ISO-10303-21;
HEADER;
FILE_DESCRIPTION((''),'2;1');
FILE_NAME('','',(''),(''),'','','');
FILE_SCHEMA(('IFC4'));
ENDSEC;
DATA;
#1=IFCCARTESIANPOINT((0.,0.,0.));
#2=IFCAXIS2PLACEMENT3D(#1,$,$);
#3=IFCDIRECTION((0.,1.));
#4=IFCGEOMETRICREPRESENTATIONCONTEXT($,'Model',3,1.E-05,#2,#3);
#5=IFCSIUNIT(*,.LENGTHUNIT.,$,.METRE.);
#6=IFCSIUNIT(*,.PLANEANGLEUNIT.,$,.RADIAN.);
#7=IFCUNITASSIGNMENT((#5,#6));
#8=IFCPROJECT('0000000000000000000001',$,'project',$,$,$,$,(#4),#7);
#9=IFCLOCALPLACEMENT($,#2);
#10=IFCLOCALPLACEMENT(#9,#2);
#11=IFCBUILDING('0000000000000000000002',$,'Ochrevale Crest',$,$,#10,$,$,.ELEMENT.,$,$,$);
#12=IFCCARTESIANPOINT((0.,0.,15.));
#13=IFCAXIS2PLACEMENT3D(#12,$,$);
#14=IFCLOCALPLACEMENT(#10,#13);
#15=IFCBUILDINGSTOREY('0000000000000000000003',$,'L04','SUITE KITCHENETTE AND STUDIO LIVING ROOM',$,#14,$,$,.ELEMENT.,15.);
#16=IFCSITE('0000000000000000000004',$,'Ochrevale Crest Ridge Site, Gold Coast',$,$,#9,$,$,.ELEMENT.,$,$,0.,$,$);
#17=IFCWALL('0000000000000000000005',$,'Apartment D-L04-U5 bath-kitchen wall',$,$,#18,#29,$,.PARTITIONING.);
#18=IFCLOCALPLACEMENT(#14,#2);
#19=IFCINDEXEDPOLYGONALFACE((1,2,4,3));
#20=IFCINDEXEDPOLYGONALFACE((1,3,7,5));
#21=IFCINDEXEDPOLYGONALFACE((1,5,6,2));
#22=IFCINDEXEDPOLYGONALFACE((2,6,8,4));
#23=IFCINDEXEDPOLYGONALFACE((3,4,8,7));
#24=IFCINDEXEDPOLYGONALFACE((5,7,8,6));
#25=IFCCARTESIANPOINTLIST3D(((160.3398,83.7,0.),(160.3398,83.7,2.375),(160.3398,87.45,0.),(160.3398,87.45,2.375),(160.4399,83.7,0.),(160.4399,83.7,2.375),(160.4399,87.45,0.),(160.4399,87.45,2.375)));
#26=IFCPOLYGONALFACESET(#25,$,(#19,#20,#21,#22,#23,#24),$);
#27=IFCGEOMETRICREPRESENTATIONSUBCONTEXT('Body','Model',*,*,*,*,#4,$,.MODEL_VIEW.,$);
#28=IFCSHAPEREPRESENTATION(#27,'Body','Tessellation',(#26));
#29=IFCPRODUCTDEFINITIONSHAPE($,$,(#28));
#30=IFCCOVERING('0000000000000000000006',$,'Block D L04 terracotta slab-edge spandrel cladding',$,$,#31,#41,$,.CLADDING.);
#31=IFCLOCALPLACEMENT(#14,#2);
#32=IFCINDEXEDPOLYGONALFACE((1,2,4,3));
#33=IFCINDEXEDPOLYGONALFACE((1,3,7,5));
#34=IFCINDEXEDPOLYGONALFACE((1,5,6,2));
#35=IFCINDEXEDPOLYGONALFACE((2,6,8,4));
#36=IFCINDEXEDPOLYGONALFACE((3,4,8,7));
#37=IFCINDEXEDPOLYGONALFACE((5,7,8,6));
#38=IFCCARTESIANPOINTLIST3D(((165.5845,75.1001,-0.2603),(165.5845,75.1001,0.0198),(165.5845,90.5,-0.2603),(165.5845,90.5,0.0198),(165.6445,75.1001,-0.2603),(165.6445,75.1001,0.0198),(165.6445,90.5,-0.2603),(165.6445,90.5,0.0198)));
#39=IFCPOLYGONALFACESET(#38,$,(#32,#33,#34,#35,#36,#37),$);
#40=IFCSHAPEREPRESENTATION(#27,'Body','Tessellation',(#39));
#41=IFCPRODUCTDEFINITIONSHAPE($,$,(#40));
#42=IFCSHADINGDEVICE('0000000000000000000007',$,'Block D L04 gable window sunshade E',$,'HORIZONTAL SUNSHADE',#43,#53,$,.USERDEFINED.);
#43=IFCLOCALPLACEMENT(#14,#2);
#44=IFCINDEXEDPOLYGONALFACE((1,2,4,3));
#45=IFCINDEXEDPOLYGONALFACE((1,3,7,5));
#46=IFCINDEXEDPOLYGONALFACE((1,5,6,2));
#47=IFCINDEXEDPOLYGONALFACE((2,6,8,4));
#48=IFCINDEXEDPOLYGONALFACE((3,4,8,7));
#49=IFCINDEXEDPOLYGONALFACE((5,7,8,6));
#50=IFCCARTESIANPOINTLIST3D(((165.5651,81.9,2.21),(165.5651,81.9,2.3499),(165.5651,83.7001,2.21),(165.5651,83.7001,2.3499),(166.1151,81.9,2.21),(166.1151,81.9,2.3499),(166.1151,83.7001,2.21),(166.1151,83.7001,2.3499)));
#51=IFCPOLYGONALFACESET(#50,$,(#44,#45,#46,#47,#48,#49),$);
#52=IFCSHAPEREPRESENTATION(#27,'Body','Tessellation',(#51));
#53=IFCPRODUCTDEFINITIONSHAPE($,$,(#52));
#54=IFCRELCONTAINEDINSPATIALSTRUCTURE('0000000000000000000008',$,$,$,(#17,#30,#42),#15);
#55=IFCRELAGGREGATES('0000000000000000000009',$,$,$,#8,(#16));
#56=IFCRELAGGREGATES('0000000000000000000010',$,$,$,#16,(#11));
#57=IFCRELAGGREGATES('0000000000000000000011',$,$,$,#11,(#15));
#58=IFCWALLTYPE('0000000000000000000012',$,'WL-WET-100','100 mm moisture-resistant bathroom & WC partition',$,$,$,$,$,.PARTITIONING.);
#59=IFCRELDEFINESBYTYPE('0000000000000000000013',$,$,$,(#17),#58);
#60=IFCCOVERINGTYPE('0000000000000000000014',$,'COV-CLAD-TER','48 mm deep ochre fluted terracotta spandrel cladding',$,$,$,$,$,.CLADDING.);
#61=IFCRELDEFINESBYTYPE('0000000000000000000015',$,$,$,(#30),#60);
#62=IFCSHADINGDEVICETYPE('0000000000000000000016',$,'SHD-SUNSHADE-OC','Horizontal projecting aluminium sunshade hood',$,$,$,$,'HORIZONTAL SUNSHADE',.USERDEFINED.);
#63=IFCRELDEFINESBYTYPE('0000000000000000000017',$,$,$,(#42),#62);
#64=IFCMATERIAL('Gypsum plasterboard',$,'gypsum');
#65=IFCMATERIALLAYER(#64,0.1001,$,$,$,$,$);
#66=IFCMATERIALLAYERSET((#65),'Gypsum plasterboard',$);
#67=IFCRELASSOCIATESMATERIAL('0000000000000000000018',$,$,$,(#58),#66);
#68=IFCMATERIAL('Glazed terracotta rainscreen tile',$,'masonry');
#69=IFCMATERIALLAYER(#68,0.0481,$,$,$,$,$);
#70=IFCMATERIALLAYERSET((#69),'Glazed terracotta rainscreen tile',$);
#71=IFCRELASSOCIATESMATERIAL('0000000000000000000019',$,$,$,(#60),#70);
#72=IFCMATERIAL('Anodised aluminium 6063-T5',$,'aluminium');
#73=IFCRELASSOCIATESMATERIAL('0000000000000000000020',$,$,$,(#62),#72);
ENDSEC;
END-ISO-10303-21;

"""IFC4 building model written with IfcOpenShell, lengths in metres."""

from ifc_helpers import new_model, si_unit, direction, frame, frame_2d, origin, origin_2d, place, context, subcontext, project, spatial, rectangle, extrude, material, layer, layer_set, type_object, element, save


model = new_model("IFC4")

# Units and contexts
model_context = context("Model", 3, precision=1e-05, world=origin(), true_north=direction((0.0, 1.0)))
body_context = subcontext(model_context, "Body", "Model", "MODEL_VIEW")
ifc_project = project(units=[si_unit("LENGTHUNIT", "METRE"), si_unit("PLANEANGLEUNIT", "RADIAN")], contexts=[model_context])

# Site, building, storey
site_placement = place(None, origin())
site = spatial("IfcSite", under=ifc_project, at=site_placement, Name="Ochrevale Crest Ridge Site, Gold Coast", CompositionType="ELEMENT", RefElevation=0.0)
building_placement = place(site_placement, origin())
building = spatial("IfcBuilding", under=site, at=building_placement, Name="Ochrevale Crest", CompositionType="ELEMENT")
storey_placement = place(building_placement, frame((0.0, 0.0, 15.0)))
storey = spatial("IfcBuildingStorey", under=building, at=storey_placement, Name="L04", Description="SUITE KITCHENETTE AND STUDIO LIVING ROOM", CompositionType="ELEMENT", Elevation=15.0)

# Shared definitions
ifc_material_1 = material(Name="Anodised aluminium 6063-T5", Category="aluminium")

# Shared definitions
ifc_material_2 = material(Name="Gypsum plasterboard", Category="gypsum")

# Wall
ifc_layer_1 = layer(ifc_material_2, 0.1001)
ifc_layer_set_1 = layer_set([ifc_layer_1], Name="Gypsum plasterboard")
wall_type_1 = type_object("IfcWallType", Name="WL-WET-100", Description="100 mm moisture-resistant bathroom & WC partition", PredefinedType="PARTITIONING", material=ifc_layer_set_1)
wall_1_placement = place(storey_placement, frame((160.3899, 83.7, 0.0), z_axis=(0.0, 0.0, 1.0), x_axis=(0.0, 1.0, 0.0)))
element("IfcWall", 1, at=wall_1_placement, inside=storey, type_object=wall_type_1, Name="Apartment D-L04-U5 bath-kitchen wall", PredefinedType="PARTITIONING", context=body_context, shape_type="SweptSolid", body=[
    extrude(rectangle(XDim=3.75, YDim=0.1001, at=frame_2d((1.875, 0.0))), origin(), (0.0, 0.0, 1.0), 2.375),
])

# Covering
ifc_material_3 = material(Name="Glazed terracotta rainscreen tile", Category="masonry")
ifc_layer_2 = layer(ifc_material_3, 0.0481)
ifc_layer_set_2 = layer_set([ifc_layer_2], Name="Glazed terracotta rainscreen tile")
covering_type = type_object("IfcCoveringType", Name="COV-CLAD-TER", Description="48 mm deep ochre fluted terracotta spandrel cladding", PredefinedType="CLADDING", material=ifc_layer_set_2)
covering_placement = place(storey_placement, frame((165.6145, 82.8, -0.2603), z_axis=(0.0, 0.0, 1.0), x_axis=(0.0, 1.0, 0.0)))
element("IfcCovering", 2, at=covering_placement, inside=storey, type_object=covering_type, Name="Block D L04 terracotta slab-edge spandrel cladding", PredefinedType="CLADDING", context=body_context, shape_type="SweptSolid", body=[
    extrude(rectangle(XDim=15.3999, YDim=0.0601, at=origin_2d()), origin(), (0.0, 0.0, 1.0), 0.28),
])

# Shading device
shading_device_type = type_object("IfcShadingDeviceType", Name="SHD-SUNSHADE-OC", Description="Horizontal projecting aluminium sunshade hood", ElementType="HORIZONTAL SUNSHADE", PredefinedType="USERDEFINED", material=ifc_material_1)
shading_device_placement = place(storey_placement, frame((165.8401, 82.8, 2.21), z_axis=(0.0, 0.0, 1.0), x_axis=(1.0, 0.0, 0.0)))
element("IfcShadingDevice", 3, at=shading_device_placement, inside=storey, type_object=shading_device_type, Name="Block D L04 gable window sunshade E", ObjectType="HORIZONTAL SUNSHADE", PredefinedType="USERDEFINED", context=body_context, shape_type="SweptSolid", body=[
    extrude(rectangle(XDim=0.55, YDim=1.8, at=origin_2d()), origin(), (0.0, 0.0, 1.0), 0.1399),
])

save(model, "model.ifc")
